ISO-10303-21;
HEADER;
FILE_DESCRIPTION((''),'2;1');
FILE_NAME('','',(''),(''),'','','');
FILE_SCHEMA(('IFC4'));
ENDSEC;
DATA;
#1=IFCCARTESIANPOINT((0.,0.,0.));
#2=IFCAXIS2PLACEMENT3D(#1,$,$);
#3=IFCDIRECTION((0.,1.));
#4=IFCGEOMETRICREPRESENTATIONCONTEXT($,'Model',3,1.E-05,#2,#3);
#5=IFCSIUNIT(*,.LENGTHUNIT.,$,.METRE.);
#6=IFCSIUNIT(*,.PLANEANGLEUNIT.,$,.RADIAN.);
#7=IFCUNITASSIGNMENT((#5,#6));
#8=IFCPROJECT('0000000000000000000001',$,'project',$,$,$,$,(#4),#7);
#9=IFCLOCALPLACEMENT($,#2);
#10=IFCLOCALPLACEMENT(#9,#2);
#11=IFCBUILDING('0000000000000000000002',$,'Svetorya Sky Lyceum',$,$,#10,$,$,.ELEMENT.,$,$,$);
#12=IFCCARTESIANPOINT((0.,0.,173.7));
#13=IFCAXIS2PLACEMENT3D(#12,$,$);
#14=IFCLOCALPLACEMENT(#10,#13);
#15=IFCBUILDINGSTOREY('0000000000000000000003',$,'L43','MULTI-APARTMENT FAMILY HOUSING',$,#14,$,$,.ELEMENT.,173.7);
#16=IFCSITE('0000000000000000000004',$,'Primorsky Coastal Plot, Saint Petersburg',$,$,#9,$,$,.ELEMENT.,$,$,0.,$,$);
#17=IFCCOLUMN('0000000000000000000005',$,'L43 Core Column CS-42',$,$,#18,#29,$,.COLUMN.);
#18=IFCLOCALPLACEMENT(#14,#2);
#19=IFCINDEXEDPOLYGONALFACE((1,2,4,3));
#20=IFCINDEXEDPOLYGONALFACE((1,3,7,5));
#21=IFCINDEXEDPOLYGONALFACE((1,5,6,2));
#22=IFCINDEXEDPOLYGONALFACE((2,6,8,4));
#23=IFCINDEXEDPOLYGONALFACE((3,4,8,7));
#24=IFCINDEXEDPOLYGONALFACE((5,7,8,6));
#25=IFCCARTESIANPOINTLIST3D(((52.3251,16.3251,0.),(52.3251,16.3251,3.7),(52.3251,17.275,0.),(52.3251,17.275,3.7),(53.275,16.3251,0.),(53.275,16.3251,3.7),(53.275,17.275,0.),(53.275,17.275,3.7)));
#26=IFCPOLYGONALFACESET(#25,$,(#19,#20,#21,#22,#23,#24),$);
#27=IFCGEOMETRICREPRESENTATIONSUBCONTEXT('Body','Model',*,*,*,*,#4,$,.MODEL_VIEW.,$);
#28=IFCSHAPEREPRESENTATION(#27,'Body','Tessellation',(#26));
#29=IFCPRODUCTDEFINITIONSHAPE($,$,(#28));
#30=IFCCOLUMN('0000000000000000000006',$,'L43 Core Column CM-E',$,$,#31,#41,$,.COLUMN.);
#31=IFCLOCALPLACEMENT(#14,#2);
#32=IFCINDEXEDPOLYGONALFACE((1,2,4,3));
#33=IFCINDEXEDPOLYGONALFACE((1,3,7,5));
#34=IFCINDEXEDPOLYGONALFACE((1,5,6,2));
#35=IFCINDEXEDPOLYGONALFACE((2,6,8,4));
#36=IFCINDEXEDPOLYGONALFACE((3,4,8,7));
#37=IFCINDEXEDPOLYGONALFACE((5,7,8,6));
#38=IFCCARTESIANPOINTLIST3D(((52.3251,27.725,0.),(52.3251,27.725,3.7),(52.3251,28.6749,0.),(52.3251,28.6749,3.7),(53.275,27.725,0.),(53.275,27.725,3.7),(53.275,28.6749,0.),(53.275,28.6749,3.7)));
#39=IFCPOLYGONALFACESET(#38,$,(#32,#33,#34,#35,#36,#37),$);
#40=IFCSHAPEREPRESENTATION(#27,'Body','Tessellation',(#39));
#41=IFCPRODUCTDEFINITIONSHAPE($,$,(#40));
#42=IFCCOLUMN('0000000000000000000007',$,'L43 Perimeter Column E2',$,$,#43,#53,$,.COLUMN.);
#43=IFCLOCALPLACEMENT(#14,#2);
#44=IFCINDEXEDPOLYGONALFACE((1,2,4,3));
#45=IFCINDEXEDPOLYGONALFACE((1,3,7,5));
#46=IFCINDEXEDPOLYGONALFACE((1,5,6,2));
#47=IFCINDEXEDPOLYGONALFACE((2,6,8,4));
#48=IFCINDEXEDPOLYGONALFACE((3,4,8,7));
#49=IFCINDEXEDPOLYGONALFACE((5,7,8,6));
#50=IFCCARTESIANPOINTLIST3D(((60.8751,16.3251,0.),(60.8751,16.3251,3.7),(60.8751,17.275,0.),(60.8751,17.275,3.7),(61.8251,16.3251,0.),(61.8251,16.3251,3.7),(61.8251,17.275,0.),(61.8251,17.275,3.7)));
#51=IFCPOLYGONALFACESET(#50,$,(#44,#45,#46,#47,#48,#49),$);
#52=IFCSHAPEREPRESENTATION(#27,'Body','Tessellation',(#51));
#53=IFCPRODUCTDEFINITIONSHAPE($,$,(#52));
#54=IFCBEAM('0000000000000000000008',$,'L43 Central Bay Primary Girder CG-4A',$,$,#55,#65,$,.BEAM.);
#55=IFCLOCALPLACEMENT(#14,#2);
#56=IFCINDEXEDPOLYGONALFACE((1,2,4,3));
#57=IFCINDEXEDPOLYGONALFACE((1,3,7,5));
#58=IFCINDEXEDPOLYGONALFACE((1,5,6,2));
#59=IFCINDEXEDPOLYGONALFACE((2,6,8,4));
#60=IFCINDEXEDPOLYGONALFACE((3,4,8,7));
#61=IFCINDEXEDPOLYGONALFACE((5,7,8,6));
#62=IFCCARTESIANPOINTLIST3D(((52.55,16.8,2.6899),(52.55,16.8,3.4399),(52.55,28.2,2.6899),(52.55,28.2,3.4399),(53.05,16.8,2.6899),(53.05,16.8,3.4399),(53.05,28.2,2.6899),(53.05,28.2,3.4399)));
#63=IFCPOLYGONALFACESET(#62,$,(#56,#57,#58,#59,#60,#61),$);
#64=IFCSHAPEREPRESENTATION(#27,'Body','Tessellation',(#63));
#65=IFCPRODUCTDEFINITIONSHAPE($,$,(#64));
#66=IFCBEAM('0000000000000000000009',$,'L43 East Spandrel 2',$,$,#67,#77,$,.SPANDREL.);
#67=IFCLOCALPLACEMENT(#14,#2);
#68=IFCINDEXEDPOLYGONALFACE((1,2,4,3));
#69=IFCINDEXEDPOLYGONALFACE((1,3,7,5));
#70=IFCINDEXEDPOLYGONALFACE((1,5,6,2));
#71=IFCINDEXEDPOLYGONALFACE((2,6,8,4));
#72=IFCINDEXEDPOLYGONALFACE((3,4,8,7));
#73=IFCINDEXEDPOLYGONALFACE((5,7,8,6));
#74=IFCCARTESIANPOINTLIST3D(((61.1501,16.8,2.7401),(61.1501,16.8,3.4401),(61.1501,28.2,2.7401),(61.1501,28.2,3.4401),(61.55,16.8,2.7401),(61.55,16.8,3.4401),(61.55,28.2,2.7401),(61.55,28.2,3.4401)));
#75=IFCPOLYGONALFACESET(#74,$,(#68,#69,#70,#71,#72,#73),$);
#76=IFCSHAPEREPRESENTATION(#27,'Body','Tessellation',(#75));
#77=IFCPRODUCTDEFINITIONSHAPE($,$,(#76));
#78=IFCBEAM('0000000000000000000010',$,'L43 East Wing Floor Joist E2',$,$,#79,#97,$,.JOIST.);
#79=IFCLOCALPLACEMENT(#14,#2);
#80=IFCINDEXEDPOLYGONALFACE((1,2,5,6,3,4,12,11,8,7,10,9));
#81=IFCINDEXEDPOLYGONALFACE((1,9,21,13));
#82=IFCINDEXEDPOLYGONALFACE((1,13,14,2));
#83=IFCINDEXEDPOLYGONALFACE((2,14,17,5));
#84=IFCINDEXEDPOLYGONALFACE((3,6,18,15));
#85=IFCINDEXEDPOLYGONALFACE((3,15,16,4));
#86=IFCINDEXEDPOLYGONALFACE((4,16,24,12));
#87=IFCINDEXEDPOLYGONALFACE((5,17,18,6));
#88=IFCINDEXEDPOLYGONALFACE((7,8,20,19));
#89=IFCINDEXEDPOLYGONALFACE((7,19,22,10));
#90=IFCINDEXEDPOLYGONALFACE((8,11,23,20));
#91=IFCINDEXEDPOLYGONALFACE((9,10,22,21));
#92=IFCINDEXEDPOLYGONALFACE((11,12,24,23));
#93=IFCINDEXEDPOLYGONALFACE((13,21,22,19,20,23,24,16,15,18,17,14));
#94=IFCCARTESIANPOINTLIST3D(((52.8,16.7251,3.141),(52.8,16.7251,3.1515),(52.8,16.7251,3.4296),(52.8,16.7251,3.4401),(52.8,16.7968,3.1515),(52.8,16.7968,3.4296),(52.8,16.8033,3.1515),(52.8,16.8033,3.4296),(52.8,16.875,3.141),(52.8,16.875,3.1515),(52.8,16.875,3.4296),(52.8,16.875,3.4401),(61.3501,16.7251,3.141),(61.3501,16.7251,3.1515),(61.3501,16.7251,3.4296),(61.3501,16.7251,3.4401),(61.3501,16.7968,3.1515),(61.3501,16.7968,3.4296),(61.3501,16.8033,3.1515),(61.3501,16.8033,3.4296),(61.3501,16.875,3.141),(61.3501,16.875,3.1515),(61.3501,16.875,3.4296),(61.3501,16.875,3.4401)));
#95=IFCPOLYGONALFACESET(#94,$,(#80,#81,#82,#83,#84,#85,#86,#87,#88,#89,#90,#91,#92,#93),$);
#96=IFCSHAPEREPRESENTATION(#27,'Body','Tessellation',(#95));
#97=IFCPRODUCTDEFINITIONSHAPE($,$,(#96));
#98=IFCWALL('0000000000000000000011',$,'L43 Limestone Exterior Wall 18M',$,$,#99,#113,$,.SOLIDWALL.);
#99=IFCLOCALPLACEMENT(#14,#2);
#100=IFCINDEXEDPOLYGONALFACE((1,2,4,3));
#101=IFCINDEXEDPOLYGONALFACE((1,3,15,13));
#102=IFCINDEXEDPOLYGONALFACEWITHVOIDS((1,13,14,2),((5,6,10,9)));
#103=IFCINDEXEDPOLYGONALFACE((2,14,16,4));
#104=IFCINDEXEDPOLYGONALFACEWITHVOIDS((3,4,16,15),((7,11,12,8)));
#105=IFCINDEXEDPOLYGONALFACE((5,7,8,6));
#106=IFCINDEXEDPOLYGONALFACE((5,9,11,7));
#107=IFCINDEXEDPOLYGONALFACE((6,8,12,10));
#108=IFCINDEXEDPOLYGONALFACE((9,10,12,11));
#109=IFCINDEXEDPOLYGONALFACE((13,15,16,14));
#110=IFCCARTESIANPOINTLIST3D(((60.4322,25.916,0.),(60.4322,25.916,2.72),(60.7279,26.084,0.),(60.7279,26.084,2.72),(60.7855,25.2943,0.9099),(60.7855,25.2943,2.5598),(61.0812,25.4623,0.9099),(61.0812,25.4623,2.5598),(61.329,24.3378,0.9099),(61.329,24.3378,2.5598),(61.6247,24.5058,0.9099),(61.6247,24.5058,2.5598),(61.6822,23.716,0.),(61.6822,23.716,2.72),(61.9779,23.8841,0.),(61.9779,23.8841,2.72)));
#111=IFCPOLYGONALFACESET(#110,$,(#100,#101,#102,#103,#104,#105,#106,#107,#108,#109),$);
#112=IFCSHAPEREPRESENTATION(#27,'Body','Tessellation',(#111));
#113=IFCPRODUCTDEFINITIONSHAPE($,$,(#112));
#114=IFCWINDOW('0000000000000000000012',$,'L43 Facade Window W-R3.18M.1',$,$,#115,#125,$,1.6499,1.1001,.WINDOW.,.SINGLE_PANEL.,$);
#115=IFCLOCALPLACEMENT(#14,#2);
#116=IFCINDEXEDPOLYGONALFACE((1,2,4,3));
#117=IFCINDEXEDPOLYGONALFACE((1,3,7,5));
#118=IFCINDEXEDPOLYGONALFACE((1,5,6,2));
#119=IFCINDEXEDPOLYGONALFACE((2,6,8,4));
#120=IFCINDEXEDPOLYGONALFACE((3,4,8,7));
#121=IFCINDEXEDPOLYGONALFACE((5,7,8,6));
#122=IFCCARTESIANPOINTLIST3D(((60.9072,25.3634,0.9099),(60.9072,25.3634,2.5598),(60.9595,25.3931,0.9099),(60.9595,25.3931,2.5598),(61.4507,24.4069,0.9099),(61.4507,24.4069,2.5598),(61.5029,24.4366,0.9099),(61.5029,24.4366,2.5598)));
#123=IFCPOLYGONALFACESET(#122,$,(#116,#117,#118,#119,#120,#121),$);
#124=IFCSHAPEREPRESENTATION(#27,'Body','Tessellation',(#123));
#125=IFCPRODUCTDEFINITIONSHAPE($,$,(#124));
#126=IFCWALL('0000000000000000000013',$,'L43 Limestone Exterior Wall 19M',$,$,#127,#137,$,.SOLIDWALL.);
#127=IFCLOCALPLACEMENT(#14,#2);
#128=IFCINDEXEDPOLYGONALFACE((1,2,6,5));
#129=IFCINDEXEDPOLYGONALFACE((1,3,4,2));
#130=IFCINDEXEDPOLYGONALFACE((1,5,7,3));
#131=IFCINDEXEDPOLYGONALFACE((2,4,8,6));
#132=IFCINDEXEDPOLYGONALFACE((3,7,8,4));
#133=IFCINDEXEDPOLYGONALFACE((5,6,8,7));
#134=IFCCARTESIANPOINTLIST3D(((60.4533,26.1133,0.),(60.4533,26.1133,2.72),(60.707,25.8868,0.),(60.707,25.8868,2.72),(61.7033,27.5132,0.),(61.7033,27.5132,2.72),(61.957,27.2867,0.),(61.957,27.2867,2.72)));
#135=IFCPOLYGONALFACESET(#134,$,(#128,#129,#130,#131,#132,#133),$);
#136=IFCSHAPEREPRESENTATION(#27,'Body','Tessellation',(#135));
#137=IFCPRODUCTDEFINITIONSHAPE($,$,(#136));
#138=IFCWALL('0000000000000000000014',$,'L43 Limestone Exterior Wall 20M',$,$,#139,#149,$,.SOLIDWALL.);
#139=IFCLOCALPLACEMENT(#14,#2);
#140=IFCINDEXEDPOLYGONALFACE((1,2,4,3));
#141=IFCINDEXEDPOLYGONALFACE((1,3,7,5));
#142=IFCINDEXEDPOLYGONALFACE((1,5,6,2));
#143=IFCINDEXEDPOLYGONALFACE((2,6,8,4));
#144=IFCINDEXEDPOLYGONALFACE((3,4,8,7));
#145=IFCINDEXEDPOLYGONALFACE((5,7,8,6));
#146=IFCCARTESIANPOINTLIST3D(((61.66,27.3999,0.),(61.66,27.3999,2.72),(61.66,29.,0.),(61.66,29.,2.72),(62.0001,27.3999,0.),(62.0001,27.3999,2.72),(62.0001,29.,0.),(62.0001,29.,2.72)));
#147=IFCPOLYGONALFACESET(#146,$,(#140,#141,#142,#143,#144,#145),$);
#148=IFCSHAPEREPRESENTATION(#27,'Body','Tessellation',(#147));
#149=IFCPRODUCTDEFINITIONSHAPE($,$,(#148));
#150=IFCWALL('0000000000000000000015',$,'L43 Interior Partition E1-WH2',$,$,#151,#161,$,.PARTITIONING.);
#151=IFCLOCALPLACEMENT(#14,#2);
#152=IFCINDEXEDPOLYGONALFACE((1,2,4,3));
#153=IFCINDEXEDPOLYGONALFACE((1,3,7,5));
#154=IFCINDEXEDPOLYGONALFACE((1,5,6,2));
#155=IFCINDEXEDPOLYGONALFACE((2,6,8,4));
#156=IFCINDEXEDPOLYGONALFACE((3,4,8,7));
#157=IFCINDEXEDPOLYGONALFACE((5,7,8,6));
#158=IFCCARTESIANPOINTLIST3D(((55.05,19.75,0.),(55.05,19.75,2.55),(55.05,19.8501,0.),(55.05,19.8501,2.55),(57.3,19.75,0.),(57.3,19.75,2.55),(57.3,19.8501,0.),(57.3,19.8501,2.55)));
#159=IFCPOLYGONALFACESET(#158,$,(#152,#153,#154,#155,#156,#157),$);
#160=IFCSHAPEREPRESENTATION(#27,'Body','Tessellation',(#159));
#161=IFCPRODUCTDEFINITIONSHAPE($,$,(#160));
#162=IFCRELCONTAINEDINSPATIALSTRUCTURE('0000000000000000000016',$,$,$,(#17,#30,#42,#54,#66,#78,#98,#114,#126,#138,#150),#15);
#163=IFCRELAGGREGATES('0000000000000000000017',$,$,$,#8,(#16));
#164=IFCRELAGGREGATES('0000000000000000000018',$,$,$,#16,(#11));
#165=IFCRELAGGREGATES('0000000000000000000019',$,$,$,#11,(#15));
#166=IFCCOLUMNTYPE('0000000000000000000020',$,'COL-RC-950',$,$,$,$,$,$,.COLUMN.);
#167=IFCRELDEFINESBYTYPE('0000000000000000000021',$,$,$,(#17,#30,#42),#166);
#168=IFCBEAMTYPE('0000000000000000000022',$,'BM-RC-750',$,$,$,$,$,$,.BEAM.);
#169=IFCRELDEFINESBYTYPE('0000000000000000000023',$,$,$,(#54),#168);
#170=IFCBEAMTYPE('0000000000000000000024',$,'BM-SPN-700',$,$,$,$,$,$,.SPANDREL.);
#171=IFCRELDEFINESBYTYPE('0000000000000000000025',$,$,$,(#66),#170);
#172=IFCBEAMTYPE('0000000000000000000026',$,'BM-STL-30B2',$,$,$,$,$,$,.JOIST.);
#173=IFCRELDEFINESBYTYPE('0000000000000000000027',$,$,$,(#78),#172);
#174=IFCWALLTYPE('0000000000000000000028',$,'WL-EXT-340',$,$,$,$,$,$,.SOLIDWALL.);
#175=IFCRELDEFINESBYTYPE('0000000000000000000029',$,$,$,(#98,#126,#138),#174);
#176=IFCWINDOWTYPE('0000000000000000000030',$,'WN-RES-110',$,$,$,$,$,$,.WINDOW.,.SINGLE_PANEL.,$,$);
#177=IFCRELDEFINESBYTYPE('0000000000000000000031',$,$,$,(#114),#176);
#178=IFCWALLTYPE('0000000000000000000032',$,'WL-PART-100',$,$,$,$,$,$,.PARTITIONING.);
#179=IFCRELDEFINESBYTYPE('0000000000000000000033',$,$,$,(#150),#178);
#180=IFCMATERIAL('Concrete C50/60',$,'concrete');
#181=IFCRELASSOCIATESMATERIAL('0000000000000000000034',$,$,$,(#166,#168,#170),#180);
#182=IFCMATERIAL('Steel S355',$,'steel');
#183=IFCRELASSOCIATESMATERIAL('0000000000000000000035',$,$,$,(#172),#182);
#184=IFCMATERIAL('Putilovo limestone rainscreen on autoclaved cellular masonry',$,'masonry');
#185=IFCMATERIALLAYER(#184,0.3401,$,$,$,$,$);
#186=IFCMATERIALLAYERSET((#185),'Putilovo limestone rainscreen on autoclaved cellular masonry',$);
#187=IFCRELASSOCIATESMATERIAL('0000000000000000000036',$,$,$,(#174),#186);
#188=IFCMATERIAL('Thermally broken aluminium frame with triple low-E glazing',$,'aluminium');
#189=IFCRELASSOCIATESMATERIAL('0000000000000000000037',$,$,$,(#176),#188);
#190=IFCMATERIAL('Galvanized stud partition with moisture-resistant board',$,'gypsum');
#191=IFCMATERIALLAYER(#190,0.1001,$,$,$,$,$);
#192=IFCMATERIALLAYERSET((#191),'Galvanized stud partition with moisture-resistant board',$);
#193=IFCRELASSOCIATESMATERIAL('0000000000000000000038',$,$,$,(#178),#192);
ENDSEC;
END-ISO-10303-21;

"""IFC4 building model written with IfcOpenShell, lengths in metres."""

from ifc_helpers import new_model, si_unit, direction, frame, frame_2d, origin, origin_2d, place, context, subcontext, project, spatial, rectangle, i_section, extrude, material, layer, layer_set, material_profile, profile_set, type_object, element, fill, save


model = new_model("IFC4")

# Units and contexts
model_context = context("Model", 3, precision=1e-05, world=origin(), true_north=direction((0.0, 1.0)))
body_context = subcontext(model_context, "Body", "Model", "MODEL_VIEW")
ifc_project = project(units=[si_unit("LENGTHUNIT", "METRE"), si_unit("PLANEANGLEUNIT", "RADIAN")], contexts=[model_context])

# Site, building, storey
site_placement = place(None, origin())
site = spatial("IfcSite", under=ifc_project, at=site_placement, Name="Primorsky Coastal Plot, Saint Petersburg", CompositionType="ELEMENT", RefElevation=0.0)
building_placement = place(site_placement, origin())
building = spatial("IfcBuilding", under=site, at=building_placement, Name="Svetorya Sky Lyceum", CompositionType="ELEMENT")
storey_placement = place(building_placement, frame((0.0, 0.0, 173.7)))
storey = spatial("IfcBuildingStorey", under=building, at=storey_placement, Name="L43", Description="MULTI-APARTMENT FAMILY HOUSING", CompositionType="ELEMENT", Elevation=173.7)

# Columns
ifc_material_1 = material(Name="Concrete C50/60", Category="concrete")
ifc_material_profile_1 = material_profile(ifc_material_1, rectangle(XDim=0.95, YDim=0.95, at=origin_2d()), Name="RC COL 950x950")
ifc_profile_set_1 = profile_set([ifc_material_profile_1], Name="Concrete C50/60")
column_type = type_object("IfcColumnType", Name="COL-RC-950", PredefinedType="COLUMN", material=ifc_profile_set_1)
for number, where, z_axis, x_axis, name in (
    (1, (52.8, 16.8, 0.0), (0.0, 0.0, 1.0), (1.0, 0.0, 0.0), "L43 Core Column CS-42"),
    (2, (52.8, 28.2, 0.0), (0.0, 0.0, 1.0), (1.0, 0.0, 0.0), "L43 Core Column CM-E"),
    (3, (61.3501, 16.8, 0.0), (0.0, 0.0, 1.0), (1.0, 0.0, 0.0), "L43 Perimeter Column E2"),
):
    element("IfcColumn", number, at=place(storey_placement, frame(where, z_axis=z_axis, x_axis=x_axis)), inside=storey, type_object=column_type, Name=name, PredefinedType="COLUMN", context=body_context, shape_type="SweptSolid", body=[
        extrude(rectangle(XDim=0.95, YDim=0.95, at=origin_2d()), origin(), (0.0, 0.0, 1.0), 3.7),
    ])

# Beams
ifc_material_profile_2 = material_profile(ifc_material_1, rectangle(XDim=0.5, YDim=0.75, at=origin_2d()), Name="RC BEAM 500x750")
ifc_profile_set_2 = profile_set([ifc_material_profile_2], Name="Concrete C50/60")
beam_type_1 = type_object("IfcBeamType", Name="BM-RC-750", PredefinedType="BEAM", material=ifc_profile_set_2)
beam_1_placement = place(storey_placement, frame((52.8, 16.8, 3.0649), z_axis=(0.0, 1.0, 0.0), x_axis=(-1.0, 0.0, 0.0)))
element("IfcBeam", 4, at=beam_1_placement, inside=storey, type_object=beam_type_1, Name="L43 Central Bay Primary Girder CG-4A", PredefinedType="BEAM", context=body_context, shape_type="SweptSolid", body=[
    extrude(rectangle(XDim=0.5, YDim=0.75, at=origin_2d()), origin(), (0.0, 0.0, 1.0), 11.3999),
])
ifc_material_profile_3 = material_profile(ifc_material_1, rectangle(XDim=0.3999, YDim=0.7, at=origin_2d()), Name="RC SPANDREL 400x700")
ifc_profile_set_3 = profile_set([ifc_material_profile_3], Name="Concrete C50/60")
beam_type_2 = type_object("IfcBeamType", Name="BM-SPN-700", PredefinedType="SPANDREL", material=ifc_profile_set_3)
beam_2_placement = place(storey_placement, frame((61.3501, 16.8, 3.0901), z_axis=(0.0, 1.0, 0.0), x_axis=(-1.0, 0.0, 0.0)))
element("IfcBeam", 5, at=beam_2_placement, inside=storey, type_object=beam_type_2, Name="L43 East Spandrel 2", PredefinedType="SPANDREL", context=body_context, shape_type="SweptSolid", body=[
    extrude(rectangle(XDim=0.3999, YDim=0.7, at=origin_2d()), origin(), (0.0, 0.0, 1.0), 11.3999),
])
ifc_material_2 = material(Name="Steel S355", Category="steel")
ifc_material_profile_4 = material_profile(ifc_material_2, i_section(OverallWidth=0.1499, OverallDepth=0.2991, WebThickness=0.0066, FlangeThickness=0.0105, at=origin_2d()), Name="GOST 30B2")
ifc_profile_set_4 = profile_set([ifc_material_profile_4], Name="Steel S355")
beam_type_3 = type_object("IfcBeamType", Name="BM-STL-30B2", PredefinedType="JOIST", material=ifc_profile_set_4)
beam_3_placement = place(storey_placement, frame((52.8, 16.8, 3.2905), z_axis=(1.0, 0.0, 0.0), x_axis=(0.0, 1.0, 0.0)))
element("IfcBeam", 6, at=beam_3_placement, inside=storey, type_object=beam_type_3, Name="L43 East Wing Floor Joist E2", PredefinedType="JOIST", context=body_context, shape_type="SweptSolid", body=[
    extrude(i_section(OverallWidth=0.1499, OverallDepth=0.2991, WebThickness=0.0066, FlangeThickness=0.0105, at=origin_2d()), origin(), (0.0, 0.0, 1.0), 8.55),
])

# Wall, opening, window
ifc_material_3 = material(Name="Putilovo limestone rainscreen on autoclaved cellular masonry", Category="masonry")
ifc_layer_1 = layer(ifc_material_3, 0.3401)
ifc_layer_set_1 = layer_set([ifc_layer_1], Name="Putilovo limestone rainscreen on autoclaved cellular masonry")
wall_type_1 = type_object("IfcWallType", Name="WL-EXT-340", PredefinedType="SOLIDWALL", material=ifc_layer_set_1)
wall_1_placement = place(storey_placement, frame((61.8301, 23.8, 0.0), z_axis=(0.0, 0.0, 1.0), x_axis=(-0.494018, 0.869452, 0.0)))
wall_1 = element("IfcWall", 7, at=wall_1_placement, inside=storey, type_object=wall_type_1, Name="L43 Limestone Exterior Wall 18M", PredefinedType="SOLIDWALL", context=body_context, shape_type="SweptSolid", body=[
    extrude(rectangle(XDim=2.5303, YDim=0.3401, at=frame_2d((1.2651, 0.0))), origin(), (0.0, 0.0, 1.0), 2.72),
])
opening_1_placement = place(wall_1_placement, frame((0.7151, 0.0, 0.9099)))
opening_1 = element("IfcOpeningElement", 8, at=opening_1_placement, cuts=wall_1, PredefinedType="OPENING", context=body_context, shape_type="SweptSolid", body=[
    extrude(rectangle(XDim=1.1001, YDim=1.6499, at=frame_2d((0.55, 0.825))), frame((0.0, 0.1799, 0.0), z_axis=(0.0, -1.0, 0.0), x_axis=(1.0, 0.0, 0.0)), (0.0, 0.0, 1.0), 0.3601),
])
ifc_material_4 = material(Name="Thermally broken aluminium frame with triple low-E glazing", Category="aluminium")
window_type = type_object("IfcWindowType", Name="WN-RES-110", PartitioningType="SINGLE_PANEL", PredefinedType="WINDOW", material=ifc_material_4)
window_placement = place(opening_1_placement, origin())
window = element("IfcWindow", 9, at=window_placement, inside=storey, type_object=window_type, Name="L43 Facade Window W-R3.18M.1", OverallHeight=1.6499, OverallWidth=1.1001, PartitioningType="SINGLE_PANEL", PredefinedType="WINDOW", context=body_context, shape_type="SweptSolid", body=[
    extrude(rectangle(XDim=1.1001, YDim=1.6499, at=frame_2d((0.55, 0.825))), frame((0.0, 0.03, 0.0), z_axis=(0.0, -1.0, 0.0), x_axis=(1.0, 0.0, 0.0)), (0.0, 0.0, 1.0), 0.0601),
])
fill(opening_1, window)

# Walls
wall_2_placement = place(storey_placement, frame((60.5801, 26.0, 0.0), z_axis=(0.0, 0.0, 1.0), x_axis=(0.666042, 0.745915, 0.0)))
element("IfcWall", 10, at=wall_2_placement, inside=storey, type_object=wall_type_1, Name="L43 Limestone Exterior Wall 19M", PredefinedType="SOLIDWALL", context=body_context, shape_type="SweptSolid", body=[
    extrude(rectangle(XDim=1.8767, YDim=0.3401, at=frame_2d((0.9385, 0.0))), origin(), (0.0, 0.0, 1.0), 2.72),
])
wall_3_placement = place(storey_placement, frame((61.8301, 27.3999, 0.0), z_axis=(0.0, 0.0, 1.0), x_axis=(0.0, 1.0, 0.0)))
element("IfcWall", 11, at=wall_3_placement, inside=storey, type_object=wall_type_1, Name="L43 Limestone Exterior Wall 20M", PredefinedType="SOLIDWALL", context=body_context, shape_type="SweptSolid", body=[
    extrude(rectangle(XDim=1.6001, YDim=0.3401, at=frame_2d((0.8, 0.0))), origin(), (0.0, 0.0, 1.0), 2.72),
])
ifc_material_5 = material(Name="Galvanized stud partition with moisture-resistant board", Category="gypsum")
ifc_layer_2 = layer(ifc_material_5, 0.1001)
ifc_layer_set_2 = layer_set([ifc_layer_2], Name="Galvanized stud partition with moisture-resistant board")
wall_type_2 = type_object("IfcWallType", Name="WL-PART-100", PredefinedType="PARTITIONING", material=ifc_layer_set_2)
wall_4_placement = place(storey_placement, frame((55.05, 19.8, 0.0), z_axis=(0.0, 0.0, 1.0), x_axis=(1.0, 0.0, 0.0)))
element("IfcWall", 12, at=wall_4_placement, inside=storey, type_object=wall_type_2, Name="L43 Interior Partition E1-WH2", PredefinedType="PARTITIONING", context=body_context, shape_type="SweptSolid", body=[
    extrude(rectangle(XDim=2.25, YDim=0.1001, at=frame_2d((1.125, 0.0))), origin(), (0.0, 0.0, 1.0), 2.55),
])

save(model, "model.ifc")
